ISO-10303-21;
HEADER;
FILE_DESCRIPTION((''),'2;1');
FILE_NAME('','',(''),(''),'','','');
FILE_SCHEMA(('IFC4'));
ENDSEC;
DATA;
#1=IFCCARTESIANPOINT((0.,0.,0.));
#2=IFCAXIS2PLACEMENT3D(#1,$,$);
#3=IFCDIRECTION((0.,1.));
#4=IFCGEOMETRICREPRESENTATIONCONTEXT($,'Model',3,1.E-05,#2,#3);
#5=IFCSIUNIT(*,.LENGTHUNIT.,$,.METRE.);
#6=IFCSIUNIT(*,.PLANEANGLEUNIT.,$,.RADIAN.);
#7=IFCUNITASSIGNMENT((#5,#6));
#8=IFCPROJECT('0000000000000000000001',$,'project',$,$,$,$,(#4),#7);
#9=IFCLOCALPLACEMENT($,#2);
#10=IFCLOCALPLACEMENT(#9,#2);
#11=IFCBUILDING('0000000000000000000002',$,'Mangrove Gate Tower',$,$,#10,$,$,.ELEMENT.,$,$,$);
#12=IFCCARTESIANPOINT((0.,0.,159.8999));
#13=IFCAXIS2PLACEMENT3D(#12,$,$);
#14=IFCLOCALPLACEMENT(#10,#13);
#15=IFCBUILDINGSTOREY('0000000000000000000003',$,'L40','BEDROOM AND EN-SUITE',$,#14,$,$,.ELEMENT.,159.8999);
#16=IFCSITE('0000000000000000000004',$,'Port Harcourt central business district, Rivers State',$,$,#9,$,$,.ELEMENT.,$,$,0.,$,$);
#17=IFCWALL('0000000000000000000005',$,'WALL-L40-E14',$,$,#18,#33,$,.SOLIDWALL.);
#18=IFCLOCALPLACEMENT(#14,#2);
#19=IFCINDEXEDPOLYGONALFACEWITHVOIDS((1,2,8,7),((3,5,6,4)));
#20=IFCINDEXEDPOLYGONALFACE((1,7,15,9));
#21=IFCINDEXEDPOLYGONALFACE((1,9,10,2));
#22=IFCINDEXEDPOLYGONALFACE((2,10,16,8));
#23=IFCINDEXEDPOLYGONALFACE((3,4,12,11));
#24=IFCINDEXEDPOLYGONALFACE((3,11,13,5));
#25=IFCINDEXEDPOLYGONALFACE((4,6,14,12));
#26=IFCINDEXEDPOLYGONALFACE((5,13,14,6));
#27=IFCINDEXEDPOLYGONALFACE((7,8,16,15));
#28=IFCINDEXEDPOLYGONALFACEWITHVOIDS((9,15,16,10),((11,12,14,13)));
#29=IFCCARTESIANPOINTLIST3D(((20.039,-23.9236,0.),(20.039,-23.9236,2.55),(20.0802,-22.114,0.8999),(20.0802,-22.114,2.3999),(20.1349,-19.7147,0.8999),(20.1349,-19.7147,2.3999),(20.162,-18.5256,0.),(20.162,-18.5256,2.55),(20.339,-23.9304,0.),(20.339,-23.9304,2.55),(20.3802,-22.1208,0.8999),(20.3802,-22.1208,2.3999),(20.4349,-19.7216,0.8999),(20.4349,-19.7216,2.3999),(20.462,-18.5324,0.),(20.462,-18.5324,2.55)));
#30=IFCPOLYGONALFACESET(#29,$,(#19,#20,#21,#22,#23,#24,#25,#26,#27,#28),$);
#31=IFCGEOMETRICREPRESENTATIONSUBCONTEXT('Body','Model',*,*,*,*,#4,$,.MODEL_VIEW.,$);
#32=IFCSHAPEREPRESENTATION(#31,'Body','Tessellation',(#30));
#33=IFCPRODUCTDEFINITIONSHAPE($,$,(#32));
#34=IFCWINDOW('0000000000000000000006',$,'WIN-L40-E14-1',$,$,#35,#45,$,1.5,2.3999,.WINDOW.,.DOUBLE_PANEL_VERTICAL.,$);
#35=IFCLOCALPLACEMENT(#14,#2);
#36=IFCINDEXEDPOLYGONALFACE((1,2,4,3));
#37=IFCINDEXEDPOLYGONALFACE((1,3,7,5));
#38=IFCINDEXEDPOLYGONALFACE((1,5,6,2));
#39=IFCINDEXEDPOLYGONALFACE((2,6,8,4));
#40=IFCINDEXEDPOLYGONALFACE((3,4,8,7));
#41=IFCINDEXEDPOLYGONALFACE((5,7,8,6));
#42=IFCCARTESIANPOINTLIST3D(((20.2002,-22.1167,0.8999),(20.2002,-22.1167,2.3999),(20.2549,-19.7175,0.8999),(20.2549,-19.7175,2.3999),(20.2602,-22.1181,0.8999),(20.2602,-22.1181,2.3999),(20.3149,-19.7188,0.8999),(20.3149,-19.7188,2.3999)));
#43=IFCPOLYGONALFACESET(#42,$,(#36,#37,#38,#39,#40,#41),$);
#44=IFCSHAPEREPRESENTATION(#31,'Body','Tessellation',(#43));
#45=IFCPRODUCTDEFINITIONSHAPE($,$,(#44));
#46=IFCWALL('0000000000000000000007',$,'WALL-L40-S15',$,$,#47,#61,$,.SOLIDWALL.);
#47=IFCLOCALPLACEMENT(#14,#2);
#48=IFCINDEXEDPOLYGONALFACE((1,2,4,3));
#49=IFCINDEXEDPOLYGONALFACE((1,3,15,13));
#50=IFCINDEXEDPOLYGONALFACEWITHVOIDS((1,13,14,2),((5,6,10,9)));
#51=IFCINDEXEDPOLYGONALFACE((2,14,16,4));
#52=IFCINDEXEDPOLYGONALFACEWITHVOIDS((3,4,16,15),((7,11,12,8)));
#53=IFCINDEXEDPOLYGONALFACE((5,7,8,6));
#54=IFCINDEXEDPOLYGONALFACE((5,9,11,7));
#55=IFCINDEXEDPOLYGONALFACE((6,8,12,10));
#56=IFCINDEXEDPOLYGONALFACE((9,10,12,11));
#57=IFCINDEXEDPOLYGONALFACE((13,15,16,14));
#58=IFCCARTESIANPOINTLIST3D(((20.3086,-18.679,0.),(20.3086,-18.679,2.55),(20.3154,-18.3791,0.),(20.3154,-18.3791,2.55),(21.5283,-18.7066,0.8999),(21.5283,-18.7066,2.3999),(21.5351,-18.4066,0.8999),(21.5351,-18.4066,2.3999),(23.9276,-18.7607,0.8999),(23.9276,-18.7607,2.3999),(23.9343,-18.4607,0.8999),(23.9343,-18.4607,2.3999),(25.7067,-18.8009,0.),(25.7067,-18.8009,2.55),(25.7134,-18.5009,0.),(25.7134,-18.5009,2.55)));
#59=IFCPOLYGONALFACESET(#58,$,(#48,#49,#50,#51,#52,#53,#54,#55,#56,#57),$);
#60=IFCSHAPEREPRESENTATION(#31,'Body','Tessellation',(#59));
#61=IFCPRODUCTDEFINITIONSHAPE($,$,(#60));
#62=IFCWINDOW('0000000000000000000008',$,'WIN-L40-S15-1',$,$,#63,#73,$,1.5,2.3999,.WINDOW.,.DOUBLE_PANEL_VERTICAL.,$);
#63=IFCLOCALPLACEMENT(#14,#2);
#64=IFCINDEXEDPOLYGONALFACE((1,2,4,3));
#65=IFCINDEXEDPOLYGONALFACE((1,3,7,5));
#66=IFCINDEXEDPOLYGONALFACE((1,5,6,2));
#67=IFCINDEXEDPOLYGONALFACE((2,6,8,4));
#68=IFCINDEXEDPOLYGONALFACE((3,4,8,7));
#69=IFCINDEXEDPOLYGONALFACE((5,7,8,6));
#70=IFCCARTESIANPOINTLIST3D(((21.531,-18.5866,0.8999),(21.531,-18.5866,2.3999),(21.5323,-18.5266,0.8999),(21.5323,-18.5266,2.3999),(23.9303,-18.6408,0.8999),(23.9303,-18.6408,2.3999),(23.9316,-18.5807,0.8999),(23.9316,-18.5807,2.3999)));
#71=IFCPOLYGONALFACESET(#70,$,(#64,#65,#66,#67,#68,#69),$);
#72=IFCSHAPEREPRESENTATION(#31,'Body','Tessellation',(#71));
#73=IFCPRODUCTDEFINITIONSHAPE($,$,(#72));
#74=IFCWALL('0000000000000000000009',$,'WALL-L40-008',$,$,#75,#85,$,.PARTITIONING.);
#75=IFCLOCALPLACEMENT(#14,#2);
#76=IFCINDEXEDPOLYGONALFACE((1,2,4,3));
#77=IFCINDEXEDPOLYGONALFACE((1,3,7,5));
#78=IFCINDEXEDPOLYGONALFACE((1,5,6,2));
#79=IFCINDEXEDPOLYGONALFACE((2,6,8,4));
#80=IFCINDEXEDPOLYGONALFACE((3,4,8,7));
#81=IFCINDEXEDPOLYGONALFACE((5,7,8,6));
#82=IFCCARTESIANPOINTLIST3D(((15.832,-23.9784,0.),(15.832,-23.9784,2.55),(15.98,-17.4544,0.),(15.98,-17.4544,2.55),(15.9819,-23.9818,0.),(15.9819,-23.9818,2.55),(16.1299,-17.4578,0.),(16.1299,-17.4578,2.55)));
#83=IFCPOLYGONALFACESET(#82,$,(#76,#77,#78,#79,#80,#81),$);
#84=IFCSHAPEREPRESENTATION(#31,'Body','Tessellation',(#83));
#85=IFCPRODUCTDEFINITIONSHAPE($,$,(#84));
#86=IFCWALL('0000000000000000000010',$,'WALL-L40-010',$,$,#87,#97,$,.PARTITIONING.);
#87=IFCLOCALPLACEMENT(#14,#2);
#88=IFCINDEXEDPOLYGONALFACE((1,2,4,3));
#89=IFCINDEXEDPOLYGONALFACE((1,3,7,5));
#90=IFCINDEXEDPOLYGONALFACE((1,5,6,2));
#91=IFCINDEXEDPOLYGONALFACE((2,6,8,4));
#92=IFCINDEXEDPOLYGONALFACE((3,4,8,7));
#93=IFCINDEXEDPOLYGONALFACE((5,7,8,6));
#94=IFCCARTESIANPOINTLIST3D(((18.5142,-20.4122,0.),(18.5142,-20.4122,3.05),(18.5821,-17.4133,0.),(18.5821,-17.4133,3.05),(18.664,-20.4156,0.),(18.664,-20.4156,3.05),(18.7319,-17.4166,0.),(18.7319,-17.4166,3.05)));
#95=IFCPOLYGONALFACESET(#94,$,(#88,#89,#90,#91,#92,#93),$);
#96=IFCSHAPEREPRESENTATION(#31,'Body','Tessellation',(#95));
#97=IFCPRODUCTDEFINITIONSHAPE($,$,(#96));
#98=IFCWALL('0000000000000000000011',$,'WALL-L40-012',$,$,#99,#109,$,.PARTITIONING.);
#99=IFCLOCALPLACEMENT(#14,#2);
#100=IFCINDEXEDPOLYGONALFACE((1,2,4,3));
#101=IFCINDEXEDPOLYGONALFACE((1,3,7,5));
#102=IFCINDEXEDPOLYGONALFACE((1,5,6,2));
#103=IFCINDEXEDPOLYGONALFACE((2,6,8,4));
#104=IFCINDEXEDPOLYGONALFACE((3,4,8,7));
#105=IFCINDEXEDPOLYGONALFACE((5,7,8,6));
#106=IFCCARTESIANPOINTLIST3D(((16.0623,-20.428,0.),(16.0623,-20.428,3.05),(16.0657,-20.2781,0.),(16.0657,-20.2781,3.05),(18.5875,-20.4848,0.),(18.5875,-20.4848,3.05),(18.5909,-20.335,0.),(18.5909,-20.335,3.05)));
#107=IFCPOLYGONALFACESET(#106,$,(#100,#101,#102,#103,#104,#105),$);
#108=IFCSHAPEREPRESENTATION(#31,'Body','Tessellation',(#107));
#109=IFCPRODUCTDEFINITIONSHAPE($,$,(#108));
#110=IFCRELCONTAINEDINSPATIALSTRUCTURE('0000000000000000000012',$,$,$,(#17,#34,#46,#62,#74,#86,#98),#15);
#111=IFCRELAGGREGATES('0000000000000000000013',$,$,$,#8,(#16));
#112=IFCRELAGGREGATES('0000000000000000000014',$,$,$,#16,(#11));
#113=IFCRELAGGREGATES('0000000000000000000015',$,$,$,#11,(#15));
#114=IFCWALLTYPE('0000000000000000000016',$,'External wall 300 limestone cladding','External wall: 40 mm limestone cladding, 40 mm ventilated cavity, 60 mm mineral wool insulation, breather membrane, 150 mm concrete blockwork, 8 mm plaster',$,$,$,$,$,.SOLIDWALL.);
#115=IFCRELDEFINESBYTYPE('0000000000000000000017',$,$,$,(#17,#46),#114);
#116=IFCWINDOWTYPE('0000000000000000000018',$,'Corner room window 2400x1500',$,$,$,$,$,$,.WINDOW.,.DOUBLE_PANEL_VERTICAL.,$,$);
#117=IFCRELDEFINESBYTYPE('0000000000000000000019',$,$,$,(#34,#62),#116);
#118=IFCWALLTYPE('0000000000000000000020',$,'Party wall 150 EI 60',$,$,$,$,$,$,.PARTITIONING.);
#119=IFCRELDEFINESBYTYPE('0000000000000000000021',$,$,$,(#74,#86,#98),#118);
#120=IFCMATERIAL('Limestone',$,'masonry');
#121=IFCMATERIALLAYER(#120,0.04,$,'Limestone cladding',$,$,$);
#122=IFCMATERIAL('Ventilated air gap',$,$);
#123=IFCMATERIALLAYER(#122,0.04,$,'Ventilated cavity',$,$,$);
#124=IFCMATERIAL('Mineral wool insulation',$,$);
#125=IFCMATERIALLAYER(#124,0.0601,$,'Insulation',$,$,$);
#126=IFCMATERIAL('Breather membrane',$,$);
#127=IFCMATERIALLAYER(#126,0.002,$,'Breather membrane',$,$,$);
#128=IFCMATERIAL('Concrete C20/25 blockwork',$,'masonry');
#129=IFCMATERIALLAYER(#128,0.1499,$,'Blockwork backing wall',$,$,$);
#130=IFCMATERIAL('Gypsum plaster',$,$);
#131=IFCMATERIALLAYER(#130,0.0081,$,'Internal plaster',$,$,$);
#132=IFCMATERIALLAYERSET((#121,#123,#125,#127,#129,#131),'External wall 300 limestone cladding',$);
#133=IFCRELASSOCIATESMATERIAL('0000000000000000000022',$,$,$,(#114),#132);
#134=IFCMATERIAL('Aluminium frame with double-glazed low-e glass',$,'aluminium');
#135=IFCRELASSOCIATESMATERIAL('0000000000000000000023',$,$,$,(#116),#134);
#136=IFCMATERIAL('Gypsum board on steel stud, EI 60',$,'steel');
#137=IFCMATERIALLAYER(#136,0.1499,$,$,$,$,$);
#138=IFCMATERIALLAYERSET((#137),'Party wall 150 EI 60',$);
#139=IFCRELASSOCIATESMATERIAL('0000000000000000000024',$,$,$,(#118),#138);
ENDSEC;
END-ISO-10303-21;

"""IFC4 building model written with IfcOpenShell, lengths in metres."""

from ifc_helpers import new_model, si_unit, direction, frame, frame_2d, origin, place, context, subcontext, project, spatial, rectangle, extrude, material, layer, layer_set, type_object, element, fill, save


model = new_model("IFC4")

# Units and contexts
model_context = context("Model", 3, precision=1e-05, world=origin(), true_north=direction((0.0, 1.0)))
body_context = subcontext(model_context, "Body", "Model", "MODEL_VIEW")
ifc_project = project(units=[si_unit("LENGTHUNIT", "METRE"), si_unit("PLANEANGLEUNIT", "RADIAN")], contexts=[model_context])

# Site, building, storey
site_placement = place(None, origin())
site = spatial("IfcSite", under=ifc_project, at=site_placement, Name="Port Harcourt central business district, Rivers State", CompositionType="ELEMENT", RefElevation=0.0)
building_placement = place(site_placement, origin())
building = spatial("IfcBuilding", under=site, at=building_placement, Name="Mangrove Gate Tower", CompositionType="ELEMENT")
storey_placement = place(building_placement, frame((0.0, 0.0, 159.8999)))
storey = spatial("IfcBuildingStorey", under=building, at=storey_placement, Name="L40", Description="BEDROOM AND EN-SUITE", CompositionType="ELEMENT", Elevation=159.8999)

# Shared definitions
ifc_material_1 = material(Name="Limestone", Category="masonry")
ifc_layer_1 = layer(ifc_material_1, 0.04, Name="Limestone cladding")
ifc_material_2 = material(Name="Ventilated air gap")
ifc_layer_2 = layer(ifc_material_2, 0.04, Name="Ventilated cavity")
ifc_material_3 = material(Name="Mineral wool insulation")
ifc_layer_3 = layer(ifc_material_3, 0.0601, Name="Insulation")
ifc_material_4 = material(Name="Breather membrane")
ifc_layer_4 = layer(ifc_material_4, 0.002, Name="Breather membrane")
ifc_material_5 = material(Name="Concrete C20/25 blockwork", Category="masonry")
ifc_layer_5 = layer(ifc_material_5, 0.1499, Name="Blockwork backing wall")
ifc_material_6 = material(Name="Gypsum plaster")
ifc_layer_6 = layer(ifc_material_6, 0.0081, Name="Internal plaster")
ifc_layer_set_1 = layer_set([ifc_layer_1, ifc_layer_2, ifc_layer_3, ifc_layer_4, ifc_layer_5, ifc_layer_6], Name="External wall 300 limestone cladding")
wall_type_1 = type_object("IfcWallType", Name="External wall 300 limestone cladding", Description="External wall: 40 mm limestone cladding, 40 mm ventilated cavity, 60 mm mineral wool insulation, breather membrane, 150 mm concrete blockwork, 8 mm plaster", PredefinedType="SOLIDWALL", material=ifc_layer_set_1)

# Walls, openings, windows
wall_1_placement = place(storey_placement, frame((20.189, -23.927, 0.0), z_axis=(0.0, 0.0, 1.0), x_axis=(0.022789, 0.99974, 0.0)))
wall_1 = element("IfcWall", 1, at=wall_1_placement, inside=storey, type_object=wall_type_1, Name="WALL-L40-E14", PredefinedType="SOLIDWALL", context=body_context, shape_type="SweptSolid", body=[
    extrude(rectangle(XDim=5.3994, YDim=0.3, at=frame_2d((2.6997, 0.0))), origin(), (0.0, 0.0, 1.0), 2.55),
])
opening_1_placement = place(wall_1_placement, frame((1.8101, 0.0, 0.8999)))
opening_1 = element("IfcOpeningElement", 2, at=opening_1_placement, cuts=wall_1, PredefinedType="OPENING", context=body_context, shape_type="SweptSolid", body=[
    extrude(rectangle(XDim=2.3999, YDim=1.5, at=frame_2d((1.2, 0.75))), frame((0.0, 0.1599, 0.0), z_axis=(0.0, -1.0, 0.0), x_axis=(1.0, 0.0, 0.0)), (0.0, 0.0, 1.0), 0.3201),
])
ifc_material_7 = material(Name="Aluminium frame with double-glazed low-e glass", Category="aluminium")
window_type_1 = type_object("IfcWindowType", Name="Corner room window 2400x1500", PartitioningType="DOUBLE_PANEL_VERTICAL", PredefinedType="WINDOW", material=ifc_material_7)
window_1_placement = place(opening_1_placement, origin())
window_1 = element("IfcWindow", 3, at=window_1_placement, inside=storey, type_object=window_type_1, Name="WIN-L40-E14-1", OverallHeight=1.5, OverallWidth=2.3999, PartitioningType="DOUBLE_PANEL_VERTICAL", PredefinedType="WINDOW", context=body_context, shape_type="SweptSolid", body=[
    extrude(rectangle(XDim=2.3999, YDim=1.5, at=frame_2d((1.2, 0.75))), frame((0.0, 0.03, 0.0), z_axis=(0.0, -1.0, 0.0), x_axis=(1.0, 0.0, 0.0)), (0.0, 0.0, 1.0), 0.0601),
])
fill(opening_1, window_1)
wall_2_placement = place(storey_placement, frame((20.312, -18.5291, 0.0), z_axis=(0.0, 0.0, 1.0), x_axis=(0.999745, -0.022563, 0.0)))
wall_2 = element("IfcWall", 4, at=wall_2_placement, inside=storey, type_object=wall_type_1, Name="WALL-L40-S15", PredefinedType="SOLIDWALL", context=body_context, shape_type="SweptSolid", body=[
    extrude(rectangle(XDim=5.3994, YDim=0.3, at=frame_2d((2.6997, 0.0))), origin(), (0.0, 0.0, 1.0), 2.55),
])
opening_2_placement = place(wall_2_placement, frame((1.22, 0.0, 0.8999)))
opening_2 = element("IfcOpeningElement", 5, at=opening_2_placement, cuts=wall_2, PredefinedType="OPENING", context=body_context, shape_type="SweptSolid", body=[
    extrude(rectangle(XDim=2.3999, YDim=1.5, at=frame_2d((1.2, 0.75))), frame((0.0, 0.1599, 0.0), z_axis=(0.0, -1.0, 0.0), x_axis=(1.0, 0.0, 0.0)), (0.0, 0.0, 1.0), 0.3201),
])
window_2_placement = place(opening_2_placement, origin())
window_2 = element("IfcWindow", 6, at=window_2_placement, inside=storey, type_object=window_type_1, Name="WIN-L40-S15-1", OverallHeight=1.5, OverallWidth=2.3999, PartitioningType="DOUBLE_PANEL_VERTICAL", PredefinedType="WINDOW", context=body_context, shape_type="SweptSolid", body=[
    extrude(rectangle(XDim=2.3999, YDim=1.5, at=frame_2d((1.2, 0.75))), frame((0.0, 0.03, 0.0), z_axis=(0.0, -1.0, 0.0), x_axis=(1.0, 0.0, 0.0)), (0.0, 0.0, 1.0), 0.0601),
])
fill(opening_2, window_2)

# Walls
ifc_material_8 = material(Name="Gypsum board on steel stud, EI 60", Category="steel")
ifc_layer_7 = layer(ifc_material_8, 0.1499)
ifc_layer_set_2 = layer_set([ifc_layer_7], Name="Party wall 150 EI 60")
wall_type_2 = type_object("IfcWallType", Name="Party wall 150 EI 60", PredefinedType="PARTITIONING", material=ifc_layer_set_2)
wall_3_placement = place(storey_placement, frame((15.907, -23.98, 0.0), z_axis=(0.0, 0.0, 1.0), x_axis=(0.022672, 0.999743, 0.0)))
element("IfcWall", 7, at=wall_3_placement, inside=storey, type_object=wall_type_2, Name="WALL-L40-008", PredefinedType="PARTITIONING", context=body_context, shape_type="SweptSolid", body=[
    extrude(rectangle(XDim=6.5256, YDim=0.1499, at=frame_2d((3.2627, 0.0))), origin(), (0.0, 0.0, 1.0), 2.55),
])
wall_4_placement = place(storey_placement, frame((18.5891, -20.4141, 0.0), z_axis=(0.0, 0.0, 1.0), x_axis=(0.022625, 0.999744, 0.0)))
element("IfcWall", 8, at=wall_4_placement, inside=storey, type_object=wall_type_2, Name="WALL-L40-010", PredefinedType="PARTITIONING", context=body_context, shape_type="SweptSolid", body=[
    extrude(rectangle(XDim=2.9998, YDim=0.1499, at=frame_2d((1.5, 0.0))), origin(), (0.0, 0.0, 1.0), 3.05),
])
wall_5_placement = place(storey_placement, frame((16.064, -20.353, 0.0), z_axis=(0.0, 0.0, 1.0), x_axis=(0.999746, -0.022522, 0.0)))
element("IfcWall", 9, at=wall_5_placement, inside=storey, type_object=wall_type_2, Name="WALL-L40-012", PredefinedType="PARTITIONING", context=body_context, shape_type="SweptSolid", body=[
    extrude(rectangle(XDim=2.5259, YDim=0.1499, at=frame_2d((1.2629, 0.0))), origin(), (0.0, 0.0, 1.0), 3.05),
])

save(model, "model.ifc")
